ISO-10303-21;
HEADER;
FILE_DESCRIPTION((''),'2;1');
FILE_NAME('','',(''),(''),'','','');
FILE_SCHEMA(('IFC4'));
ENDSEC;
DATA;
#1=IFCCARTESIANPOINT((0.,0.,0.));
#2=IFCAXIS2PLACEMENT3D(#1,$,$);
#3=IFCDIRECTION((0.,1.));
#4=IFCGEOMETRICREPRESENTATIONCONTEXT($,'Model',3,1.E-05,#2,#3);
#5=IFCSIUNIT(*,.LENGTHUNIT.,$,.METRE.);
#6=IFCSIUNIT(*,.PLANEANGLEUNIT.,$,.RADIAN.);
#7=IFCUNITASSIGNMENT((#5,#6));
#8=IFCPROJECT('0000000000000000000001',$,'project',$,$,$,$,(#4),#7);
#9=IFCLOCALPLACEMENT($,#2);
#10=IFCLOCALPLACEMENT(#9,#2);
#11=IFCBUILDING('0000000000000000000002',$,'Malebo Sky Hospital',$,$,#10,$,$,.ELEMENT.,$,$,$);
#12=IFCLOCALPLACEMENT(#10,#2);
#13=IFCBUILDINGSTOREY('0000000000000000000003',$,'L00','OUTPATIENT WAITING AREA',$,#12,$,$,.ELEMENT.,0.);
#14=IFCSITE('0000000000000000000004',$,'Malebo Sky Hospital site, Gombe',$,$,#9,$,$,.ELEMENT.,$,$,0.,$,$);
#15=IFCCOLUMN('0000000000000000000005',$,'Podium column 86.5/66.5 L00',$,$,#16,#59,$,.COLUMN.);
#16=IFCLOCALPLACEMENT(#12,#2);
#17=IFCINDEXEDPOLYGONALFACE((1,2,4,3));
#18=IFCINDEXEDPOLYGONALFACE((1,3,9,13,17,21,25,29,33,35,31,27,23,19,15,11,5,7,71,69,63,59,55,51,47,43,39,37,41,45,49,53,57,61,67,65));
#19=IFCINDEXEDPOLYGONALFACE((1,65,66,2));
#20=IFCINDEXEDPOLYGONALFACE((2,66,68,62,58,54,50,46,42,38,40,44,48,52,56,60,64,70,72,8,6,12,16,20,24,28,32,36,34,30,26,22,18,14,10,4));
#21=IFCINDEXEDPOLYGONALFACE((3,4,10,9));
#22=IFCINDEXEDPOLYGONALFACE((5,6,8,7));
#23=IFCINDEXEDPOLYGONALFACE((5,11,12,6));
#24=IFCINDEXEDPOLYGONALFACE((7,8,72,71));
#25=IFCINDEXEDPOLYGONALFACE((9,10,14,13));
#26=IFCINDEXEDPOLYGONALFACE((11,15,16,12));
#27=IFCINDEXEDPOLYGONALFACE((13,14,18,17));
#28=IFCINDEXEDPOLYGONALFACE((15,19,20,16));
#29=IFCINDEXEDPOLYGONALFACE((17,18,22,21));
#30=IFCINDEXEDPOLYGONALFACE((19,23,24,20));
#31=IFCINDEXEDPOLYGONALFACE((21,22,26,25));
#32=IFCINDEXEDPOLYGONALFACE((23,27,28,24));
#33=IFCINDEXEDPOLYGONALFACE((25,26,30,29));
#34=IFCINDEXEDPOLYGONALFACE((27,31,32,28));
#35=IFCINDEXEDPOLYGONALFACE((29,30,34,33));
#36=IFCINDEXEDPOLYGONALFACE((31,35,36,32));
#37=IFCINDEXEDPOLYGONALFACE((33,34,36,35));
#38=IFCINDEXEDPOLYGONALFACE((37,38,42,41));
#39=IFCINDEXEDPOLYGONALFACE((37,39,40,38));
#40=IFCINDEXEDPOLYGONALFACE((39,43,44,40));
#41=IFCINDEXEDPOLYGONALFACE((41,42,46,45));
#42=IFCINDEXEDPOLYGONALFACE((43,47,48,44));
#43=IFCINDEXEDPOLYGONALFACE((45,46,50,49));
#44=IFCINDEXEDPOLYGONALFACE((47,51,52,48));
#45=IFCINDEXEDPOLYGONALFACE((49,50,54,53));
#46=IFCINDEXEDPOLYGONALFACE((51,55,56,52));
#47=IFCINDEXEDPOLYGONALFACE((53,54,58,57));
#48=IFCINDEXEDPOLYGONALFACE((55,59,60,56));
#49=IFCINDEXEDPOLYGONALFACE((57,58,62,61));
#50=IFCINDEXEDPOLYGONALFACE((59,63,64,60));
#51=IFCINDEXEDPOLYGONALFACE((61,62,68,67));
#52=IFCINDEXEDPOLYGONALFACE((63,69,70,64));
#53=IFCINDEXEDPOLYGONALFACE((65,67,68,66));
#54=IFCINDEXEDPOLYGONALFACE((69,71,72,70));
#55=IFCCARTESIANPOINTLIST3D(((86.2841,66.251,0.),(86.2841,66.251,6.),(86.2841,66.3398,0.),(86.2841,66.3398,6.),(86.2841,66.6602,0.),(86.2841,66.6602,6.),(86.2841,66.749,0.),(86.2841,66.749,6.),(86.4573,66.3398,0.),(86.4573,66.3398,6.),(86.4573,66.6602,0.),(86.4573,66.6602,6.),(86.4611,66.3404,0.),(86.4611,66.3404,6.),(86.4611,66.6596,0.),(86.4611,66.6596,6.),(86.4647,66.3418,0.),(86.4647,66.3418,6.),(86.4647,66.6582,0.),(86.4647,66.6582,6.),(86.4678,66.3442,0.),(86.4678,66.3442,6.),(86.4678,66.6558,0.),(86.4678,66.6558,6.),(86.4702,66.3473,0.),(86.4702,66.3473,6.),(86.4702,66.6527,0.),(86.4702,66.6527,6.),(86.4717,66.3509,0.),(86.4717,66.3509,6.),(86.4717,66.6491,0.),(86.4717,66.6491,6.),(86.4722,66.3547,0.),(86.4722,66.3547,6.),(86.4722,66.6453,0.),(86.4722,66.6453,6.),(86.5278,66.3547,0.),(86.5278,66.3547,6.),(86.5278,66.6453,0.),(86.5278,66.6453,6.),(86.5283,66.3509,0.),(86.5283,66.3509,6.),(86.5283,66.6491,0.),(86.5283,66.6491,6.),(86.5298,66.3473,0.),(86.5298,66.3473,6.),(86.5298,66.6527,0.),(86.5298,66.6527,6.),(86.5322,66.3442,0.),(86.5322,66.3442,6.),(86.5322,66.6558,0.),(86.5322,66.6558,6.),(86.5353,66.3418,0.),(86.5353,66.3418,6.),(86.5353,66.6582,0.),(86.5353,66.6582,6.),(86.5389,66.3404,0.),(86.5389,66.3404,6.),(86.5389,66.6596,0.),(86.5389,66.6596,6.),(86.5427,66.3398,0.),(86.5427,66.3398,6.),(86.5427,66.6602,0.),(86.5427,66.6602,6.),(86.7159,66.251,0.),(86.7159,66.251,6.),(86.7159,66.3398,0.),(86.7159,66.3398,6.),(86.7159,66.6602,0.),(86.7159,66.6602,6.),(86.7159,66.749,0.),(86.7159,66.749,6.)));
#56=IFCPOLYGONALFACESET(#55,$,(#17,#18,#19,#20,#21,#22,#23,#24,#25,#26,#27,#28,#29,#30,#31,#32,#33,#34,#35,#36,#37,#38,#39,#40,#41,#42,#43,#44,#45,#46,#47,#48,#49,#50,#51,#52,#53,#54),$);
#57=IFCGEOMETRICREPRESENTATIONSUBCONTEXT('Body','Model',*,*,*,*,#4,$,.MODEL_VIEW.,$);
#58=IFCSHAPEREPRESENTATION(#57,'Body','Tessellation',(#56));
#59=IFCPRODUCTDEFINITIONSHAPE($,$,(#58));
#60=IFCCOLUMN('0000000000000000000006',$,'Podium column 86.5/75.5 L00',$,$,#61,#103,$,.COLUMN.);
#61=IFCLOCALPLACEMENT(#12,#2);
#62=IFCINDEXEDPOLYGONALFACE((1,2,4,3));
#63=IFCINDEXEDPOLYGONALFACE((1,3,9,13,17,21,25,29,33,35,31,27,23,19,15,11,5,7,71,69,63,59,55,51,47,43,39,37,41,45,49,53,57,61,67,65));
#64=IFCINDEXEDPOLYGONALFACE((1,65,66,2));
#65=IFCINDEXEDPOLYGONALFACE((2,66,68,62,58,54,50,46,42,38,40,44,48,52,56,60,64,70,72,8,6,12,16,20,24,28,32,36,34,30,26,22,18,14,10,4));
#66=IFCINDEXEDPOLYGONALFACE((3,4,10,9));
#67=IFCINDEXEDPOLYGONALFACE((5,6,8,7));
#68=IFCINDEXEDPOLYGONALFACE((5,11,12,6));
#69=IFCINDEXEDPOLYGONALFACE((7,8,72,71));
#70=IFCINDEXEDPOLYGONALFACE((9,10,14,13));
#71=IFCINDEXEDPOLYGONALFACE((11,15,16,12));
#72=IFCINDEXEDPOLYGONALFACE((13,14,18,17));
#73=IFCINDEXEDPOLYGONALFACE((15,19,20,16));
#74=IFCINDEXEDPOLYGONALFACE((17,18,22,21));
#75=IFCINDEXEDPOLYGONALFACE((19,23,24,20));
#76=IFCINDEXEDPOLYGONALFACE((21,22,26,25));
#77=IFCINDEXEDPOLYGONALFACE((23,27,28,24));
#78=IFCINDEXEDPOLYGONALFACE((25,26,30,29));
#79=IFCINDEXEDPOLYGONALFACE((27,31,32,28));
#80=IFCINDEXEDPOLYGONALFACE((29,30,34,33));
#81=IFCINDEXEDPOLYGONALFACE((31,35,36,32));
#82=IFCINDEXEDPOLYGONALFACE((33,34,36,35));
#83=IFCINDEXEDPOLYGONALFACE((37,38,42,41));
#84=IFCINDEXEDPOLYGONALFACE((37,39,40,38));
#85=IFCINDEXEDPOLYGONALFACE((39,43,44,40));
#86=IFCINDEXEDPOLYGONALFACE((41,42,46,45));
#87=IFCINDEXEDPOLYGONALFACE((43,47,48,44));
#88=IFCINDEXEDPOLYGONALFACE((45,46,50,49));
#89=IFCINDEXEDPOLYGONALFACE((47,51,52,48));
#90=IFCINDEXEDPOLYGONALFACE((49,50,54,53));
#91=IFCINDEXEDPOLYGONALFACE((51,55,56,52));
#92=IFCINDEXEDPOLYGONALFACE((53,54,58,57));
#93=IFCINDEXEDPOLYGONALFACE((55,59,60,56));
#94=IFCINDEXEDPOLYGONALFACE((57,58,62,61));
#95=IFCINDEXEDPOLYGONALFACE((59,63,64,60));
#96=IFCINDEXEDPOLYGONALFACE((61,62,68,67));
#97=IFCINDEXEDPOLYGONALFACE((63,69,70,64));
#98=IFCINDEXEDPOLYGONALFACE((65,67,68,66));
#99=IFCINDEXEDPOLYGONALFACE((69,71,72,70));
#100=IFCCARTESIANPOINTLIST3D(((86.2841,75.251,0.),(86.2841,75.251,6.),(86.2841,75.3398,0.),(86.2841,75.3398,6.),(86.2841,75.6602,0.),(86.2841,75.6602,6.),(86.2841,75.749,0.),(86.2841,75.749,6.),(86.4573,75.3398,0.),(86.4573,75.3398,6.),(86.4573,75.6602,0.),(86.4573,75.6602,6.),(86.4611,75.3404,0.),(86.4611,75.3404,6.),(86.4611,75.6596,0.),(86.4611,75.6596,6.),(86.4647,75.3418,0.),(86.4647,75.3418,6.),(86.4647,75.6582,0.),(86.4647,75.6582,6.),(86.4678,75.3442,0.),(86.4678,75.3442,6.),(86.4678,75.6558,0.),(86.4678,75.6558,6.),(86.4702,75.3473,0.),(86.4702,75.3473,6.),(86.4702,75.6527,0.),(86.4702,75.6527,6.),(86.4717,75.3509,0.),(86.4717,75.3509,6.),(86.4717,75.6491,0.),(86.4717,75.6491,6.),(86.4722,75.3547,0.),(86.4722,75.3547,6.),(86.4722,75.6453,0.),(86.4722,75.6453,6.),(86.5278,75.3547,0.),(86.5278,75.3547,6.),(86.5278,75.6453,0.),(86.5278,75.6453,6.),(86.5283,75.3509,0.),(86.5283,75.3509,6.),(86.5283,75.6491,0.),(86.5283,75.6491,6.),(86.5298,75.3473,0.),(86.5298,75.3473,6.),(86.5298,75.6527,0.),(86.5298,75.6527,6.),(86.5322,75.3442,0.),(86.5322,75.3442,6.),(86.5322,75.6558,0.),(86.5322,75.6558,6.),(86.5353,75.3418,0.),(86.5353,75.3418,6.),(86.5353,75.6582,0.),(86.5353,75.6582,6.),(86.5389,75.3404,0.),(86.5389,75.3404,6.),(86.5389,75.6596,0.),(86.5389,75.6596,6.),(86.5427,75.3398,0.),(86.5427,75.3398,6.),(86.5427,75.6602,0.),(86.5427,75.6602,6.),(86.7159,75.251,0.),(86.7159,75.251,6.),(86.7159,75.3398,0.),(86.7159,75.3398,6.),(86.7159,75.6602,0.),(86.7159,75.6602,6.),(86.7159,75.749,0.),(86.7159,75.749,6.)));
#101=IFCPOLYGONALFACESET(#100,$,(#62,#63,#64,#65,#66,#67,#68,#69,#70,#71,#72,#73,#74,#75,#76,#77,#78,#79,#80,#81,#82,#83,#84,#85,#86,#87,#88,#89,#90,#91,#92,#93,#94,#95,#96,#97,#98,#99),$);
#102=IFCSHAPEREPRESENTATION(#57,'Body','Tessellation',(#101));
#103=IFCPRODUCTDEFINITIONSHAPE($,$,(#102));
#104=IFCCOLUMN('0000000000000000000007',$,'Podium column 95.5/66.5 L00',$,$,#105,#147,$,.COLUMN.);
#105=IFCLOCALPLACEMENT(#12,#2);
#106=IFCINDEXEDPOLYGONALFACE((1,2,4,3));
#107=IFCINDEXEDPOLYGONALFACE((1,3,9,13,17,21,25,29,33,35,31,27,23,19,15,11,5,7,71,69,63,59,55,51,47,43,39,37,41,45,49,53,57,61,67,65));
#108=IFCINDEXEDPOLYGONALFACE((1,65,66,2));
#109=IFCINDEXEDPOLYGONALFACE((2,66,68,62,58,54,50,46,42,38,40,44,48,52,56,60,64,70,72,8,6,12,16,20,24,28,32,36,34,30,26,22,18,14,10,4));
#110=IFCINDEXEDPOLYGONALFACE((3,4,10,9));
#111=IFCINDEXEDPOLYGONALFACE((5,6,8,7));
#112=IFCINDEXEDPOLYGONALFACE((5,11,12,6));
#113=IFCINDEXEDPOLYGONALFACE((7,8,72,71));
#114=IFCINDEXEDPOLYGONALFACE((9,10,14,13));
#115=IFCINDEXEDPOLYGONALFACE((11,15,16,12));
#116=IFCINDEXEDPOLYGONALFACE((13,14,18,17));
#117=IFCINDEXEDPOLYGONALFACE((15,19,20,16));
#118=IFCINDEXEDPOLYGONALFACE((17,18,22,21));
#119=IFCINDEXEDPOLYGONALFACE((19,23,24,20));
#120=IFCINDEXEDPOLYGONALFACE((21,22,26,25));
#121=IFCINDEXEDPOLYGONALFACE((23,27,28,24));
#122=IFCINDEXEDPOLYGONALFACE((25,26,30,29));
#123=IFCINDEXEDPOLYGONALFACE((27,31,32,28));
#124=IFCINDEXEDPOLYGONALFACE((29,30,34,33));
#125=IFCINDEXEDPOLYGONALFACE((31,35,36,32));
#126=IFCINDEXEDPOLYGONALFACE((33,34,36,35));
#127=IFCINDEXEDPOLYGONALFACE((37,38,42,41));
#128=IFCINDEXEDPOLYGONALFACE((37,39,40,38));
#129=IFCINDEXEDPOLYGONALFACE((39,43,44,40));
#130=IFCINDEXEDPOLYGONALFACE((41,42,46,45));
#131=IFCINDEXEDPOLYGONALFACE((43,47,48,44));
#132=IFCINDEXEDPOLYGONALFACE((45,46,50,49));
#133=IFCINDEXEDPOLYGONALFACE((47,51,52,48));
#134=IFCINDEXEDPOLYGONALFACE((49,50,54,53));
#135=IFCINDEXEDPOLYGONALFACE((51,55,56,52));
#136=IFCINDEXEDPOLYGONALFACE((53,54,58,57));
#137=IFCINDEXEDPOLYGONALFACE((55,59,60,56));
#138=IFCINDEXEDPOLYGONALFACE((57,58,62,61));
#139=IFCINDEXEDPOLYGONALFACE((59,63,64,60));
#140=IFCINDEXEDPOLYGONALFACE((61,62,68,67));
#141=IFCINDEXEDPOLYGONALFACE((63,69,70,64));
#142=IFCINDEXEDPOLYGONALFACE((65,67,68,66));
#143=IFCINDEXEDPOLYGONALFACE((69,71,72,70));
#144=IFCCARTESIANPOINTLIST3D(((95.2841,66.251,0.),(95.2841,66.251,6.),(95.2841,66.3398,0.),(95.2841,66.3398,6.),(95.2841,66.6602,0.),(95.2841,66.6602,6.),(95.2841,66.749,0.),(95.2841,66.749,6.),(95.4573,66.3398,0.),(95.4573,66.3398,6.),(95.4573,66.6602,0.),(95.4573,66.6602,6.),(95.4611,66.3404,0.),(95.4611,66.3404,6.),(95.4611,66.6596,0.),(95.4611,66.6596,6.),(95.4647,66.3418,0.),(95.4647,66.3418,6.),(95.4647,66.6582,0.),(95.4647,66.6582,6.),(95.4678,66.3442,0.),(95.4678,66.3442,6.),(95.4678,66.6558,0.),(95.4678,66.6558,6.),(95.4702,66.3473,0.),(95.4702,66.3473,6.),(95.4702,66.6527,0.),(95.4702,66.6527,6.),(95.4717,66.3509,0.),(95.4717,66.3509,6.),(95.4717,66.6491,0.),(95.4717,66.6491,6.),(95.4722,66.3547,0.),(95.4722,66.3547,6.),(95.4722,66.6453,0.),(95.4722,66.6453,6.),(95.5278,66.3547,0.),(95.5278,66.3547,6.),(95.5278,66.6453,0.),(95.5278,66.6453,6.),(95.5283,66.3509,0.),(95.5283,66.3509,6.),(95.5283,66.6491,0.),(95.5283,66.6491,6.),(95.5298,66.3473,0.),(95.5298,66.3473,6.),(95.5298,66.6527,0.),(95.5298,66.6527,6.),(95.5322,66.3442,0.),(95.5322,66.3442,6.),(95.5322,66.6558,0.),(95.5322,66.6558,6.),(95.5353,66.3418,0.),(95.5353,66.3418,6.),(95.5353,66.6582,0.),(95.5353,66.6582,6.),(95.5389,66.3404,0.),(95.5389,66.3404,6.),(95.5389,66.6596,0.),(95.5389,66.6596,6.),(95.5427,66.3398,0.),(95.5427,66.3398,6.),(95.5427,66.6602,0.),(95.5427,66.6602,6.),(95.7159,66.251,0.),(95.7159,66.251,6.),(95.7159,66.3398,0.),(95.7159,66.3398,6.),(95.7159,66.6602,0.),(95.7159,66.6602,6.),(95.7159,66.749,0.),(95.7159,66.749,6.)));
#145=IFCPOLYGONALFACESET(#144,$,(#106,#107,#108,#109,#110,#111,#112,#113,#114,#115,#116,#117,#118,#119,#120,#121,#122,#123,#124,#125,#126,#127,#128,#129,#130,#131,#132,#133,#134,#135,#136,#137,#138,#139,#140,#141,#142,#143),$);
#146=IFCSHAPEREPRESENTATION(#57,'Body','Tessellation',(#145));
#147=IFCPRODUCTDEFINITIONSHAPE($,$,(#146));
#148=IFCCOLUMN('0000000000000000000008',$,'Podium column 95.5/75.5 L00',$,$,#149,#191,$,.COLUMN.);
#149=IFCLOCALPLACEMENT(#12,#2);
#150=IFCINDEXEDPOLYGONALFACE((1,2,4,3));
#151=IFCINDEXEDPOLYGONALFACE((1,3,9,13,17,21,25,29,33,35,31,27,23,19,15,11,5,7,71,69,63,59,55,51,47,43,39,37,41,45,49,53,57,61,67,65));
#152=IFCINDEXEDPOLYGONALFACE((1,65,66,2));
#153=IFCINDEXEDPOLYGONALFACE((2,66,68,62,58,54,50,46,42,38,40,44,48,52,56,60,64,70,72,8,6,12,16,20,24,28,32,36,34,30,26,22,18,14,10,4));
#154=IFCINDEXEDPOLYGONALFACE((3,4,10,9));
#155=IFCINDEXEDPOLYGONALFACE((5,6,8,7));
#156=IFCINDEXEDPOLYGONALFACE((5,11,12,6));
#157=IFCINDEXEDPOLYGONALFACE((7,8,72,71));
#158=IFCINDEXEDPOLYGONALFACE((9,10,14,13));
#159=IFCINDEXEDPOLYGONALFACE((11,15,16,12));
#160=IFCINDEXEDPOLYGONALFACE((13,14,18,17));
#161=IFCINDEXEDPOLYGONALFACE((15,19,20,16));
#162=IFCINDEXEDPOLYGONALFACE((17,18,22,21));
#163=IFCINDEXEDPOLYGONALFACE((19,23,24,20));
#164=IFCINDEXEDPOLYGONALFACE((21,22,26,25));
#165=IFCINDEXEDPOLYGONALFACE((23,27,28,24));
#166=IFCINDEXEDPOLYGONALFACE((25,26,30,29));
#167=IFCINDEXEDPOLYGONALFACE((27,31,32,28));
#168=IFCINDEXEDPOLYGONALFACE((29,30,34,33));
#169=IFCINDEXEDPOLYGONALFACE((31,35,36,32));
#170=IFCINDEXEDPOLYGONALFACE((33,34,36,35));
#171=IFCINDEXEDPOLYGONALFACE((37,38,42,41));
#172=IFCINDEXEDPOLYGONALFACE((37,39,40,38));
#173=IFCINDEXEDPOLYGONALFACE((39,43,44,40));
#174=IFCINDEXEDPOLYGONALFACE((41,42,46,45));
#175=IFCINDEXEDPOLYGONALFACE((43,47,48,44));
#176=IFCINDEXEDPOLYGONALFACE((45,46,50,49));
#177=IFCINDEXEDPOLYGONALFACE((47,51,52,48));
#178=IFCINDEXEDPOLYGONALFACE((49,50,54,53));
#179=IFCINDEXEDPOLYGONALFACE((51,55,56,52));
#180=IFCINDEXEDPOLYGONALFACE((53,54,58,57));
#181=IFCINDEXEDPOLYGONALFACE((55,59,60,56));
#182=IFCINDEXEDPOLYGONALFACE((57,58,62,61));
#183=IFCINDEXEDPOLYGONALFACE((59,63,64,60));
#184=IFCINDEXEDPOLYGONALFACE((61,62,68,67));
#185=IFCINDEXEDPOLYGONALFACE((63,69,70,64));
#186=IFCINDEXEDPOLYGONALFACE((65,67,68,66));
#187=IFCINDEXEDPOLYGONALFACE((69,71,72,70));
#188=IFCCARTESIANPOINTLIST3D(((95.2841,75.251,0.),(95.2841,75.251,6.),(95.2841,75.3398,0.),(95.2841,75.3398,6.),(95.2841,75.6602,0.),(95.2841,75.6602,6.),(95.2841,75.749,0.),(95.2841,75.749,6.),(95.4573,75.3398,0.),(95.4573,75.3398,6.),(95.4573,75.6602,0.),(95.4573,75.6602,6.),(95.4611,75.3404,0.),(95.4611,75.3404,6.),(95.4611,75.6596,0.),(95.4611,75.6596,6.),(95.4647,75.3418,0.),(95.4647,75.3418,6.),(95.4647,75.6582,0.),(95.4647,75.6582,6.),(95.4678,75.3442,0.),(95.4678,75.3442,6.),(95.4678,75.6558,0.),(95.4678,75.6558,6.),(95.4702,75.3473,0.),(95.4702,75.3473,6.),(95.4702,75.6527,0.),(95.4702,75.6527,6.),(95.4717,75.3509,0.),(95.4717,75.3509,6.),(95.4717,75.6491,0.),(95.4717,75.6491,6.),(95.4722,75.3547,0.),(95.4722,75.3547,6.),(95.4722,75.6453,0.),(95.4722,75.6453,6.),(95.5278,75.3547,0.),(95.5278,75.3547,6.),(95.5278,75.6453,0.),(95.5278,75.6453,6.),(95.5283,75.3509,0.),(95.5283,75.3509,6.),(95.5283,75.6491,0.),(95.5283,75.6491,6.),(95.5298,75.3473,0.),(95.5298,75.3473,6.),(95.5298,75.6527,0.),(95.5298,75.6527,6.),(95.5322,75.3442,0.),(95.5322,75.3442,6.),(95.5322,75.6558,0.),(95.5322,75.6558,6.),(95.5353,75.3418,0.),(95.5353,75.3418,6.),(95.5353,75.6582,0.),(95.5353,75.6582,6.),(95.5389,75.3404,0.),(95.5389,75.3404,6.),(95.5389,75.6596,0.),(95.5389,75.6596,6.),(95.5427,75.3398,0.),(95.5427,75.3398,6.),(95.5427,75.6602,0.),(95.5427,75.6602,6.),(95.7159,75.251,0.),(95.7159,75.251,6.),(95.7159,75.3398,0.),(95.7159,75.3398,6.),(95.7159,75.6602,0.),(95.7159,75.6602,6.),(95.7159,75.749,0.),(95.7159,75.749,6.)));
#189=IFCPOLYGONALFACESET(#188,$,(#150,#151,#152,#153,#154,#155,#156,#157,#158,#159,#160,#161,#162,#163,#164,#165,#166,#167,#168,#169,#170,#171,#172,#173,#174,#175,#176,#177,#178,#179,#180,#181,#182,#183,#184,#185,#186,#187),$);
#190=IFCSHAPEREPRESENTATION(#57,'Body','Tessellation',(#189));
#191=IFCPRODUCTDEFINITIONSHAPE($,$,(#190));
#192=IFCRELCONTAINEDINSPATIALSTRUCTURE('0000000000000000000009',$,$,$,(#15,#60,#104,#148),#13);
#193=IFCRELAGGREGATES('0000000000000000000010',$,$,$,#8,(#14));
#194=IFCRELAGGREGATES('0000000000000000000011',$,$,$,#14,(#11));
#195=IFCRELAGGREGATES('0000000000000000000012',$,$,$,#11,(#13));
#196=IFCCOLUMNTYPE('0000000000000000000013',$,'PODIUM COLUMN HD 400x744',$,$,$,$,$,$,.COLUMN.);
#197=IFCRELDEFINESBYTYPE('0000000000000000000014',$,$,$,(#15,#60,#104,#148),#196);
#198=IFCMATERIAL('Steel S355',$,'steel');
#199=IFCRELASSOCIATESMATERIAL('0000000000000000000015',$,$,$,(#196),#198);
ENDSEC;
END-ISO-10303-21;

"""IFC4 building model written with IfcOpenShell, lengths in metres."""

from ifc_helpers import new_model, si_unit, direction, frame, origin, origin_2d, place, context, subcontext, project, spatial, i_section, extrude, material, material_profile, profile_set, type_object, element, save


model = new_model("IFC4")

# Units and contexts
model_context = context("Model", 3, precision=1e-05, world=origin(), true_north=direction((0.0, 1.0)))
body_context = subcontext(model_context, "Body", "Model", "MODEL_VIEW")
ifc_project = project(units=[si_unit("LENGTHUNIT", "METRE"), si_unit("PLANEANGLEUNIT", "RADIAN")], contexts=[model_context])

# Site, building, storey
site_placement = place(None, origin())
site = spatial("IfcSite", under=ifc_project, at=site_placement, Name="Malebo Sky Hospital site, Gombe", CompositionType="ELEMENT", RefElevation=0.0)
building_placement = place(site_placement, origin())
building = spatial("IfcBuilding", under=site, at=building_placement, Name="Malebo Sky Hospital", CompositionType="ELEMENT")
storey_placement = place(building_placement, origin())
storey = spatial("IfcBuildingStorey", under=building, at=storey_placement, Name="L00", Description="OUTPATIENT WAITING AREA", CompositionType="ELEMENT", Elevation=0.0)

# Columns
ifc_material_1 = material(Name="Steel S355", Category="steel")
ifc_material_profile_1 = material_profile(ifc_material_1, i_section(OverallWidth=0.4319, OverallDepth=0.498, WebThickness=0.0557, FlangeThickness=0.0889, FilletRadius=0.0149, at=origin_2d()), Name="HD 400x744")
ifc_profile_set_1 = profile_set([ifc_material_profile_1], Name="Steel S355")
column_type_1 = type_object("IfcColumnType", Name="PODIUM COLUMN HD 400x744", PredefinedType="COLUMN", material=ifc_profile_set_1)
for number, where, z_axis, x_axis, name in (
    (1, (86.5, 66.5, 0.0), (0.0, 0.0, 1.0), (1.0, 0.0, 0.0), "Podium column 86.5/66.5 L00"),
    (2, (86.5, 75.5, 0.0), (0.0, 0.0, 1.0), (1.0, 0.0, 0.0), "Podium column 86.5/75.5 L00"),
    (3, (95.5, 66.5, 0.0), (0.0, 0.0, 1.0), (1.0, 0.0, 0.0), "Podium column 95.5/66.5 L00"),
    (4, (95.5, 75.5, 0.0), (0.0, 0.0, 1.0), (1.0, 0.0, 0.0), "Podium column 95.5/75.5 L00"),
):
    element("IfcColumn", number, at=place(storey_placement, frame(where, z_axis=z_axis, x_axis=x_axis)), inside=storey, type_object=column_type_1, Name=name, PredefinedType="COLUMN", context=body_context, shape_type="SweptSolid", body=[
        extrude(i_section(OverallWidth=0.4319, OverallDepth=0.498, WebThickness=0.0557, FlangeThickness=0.0889, FilletRadius=0.0149, at=origin_2d()), origin(), (0.0, 0.0, 1.0), 6.0),
    ])

save(model, "model.ifc")
